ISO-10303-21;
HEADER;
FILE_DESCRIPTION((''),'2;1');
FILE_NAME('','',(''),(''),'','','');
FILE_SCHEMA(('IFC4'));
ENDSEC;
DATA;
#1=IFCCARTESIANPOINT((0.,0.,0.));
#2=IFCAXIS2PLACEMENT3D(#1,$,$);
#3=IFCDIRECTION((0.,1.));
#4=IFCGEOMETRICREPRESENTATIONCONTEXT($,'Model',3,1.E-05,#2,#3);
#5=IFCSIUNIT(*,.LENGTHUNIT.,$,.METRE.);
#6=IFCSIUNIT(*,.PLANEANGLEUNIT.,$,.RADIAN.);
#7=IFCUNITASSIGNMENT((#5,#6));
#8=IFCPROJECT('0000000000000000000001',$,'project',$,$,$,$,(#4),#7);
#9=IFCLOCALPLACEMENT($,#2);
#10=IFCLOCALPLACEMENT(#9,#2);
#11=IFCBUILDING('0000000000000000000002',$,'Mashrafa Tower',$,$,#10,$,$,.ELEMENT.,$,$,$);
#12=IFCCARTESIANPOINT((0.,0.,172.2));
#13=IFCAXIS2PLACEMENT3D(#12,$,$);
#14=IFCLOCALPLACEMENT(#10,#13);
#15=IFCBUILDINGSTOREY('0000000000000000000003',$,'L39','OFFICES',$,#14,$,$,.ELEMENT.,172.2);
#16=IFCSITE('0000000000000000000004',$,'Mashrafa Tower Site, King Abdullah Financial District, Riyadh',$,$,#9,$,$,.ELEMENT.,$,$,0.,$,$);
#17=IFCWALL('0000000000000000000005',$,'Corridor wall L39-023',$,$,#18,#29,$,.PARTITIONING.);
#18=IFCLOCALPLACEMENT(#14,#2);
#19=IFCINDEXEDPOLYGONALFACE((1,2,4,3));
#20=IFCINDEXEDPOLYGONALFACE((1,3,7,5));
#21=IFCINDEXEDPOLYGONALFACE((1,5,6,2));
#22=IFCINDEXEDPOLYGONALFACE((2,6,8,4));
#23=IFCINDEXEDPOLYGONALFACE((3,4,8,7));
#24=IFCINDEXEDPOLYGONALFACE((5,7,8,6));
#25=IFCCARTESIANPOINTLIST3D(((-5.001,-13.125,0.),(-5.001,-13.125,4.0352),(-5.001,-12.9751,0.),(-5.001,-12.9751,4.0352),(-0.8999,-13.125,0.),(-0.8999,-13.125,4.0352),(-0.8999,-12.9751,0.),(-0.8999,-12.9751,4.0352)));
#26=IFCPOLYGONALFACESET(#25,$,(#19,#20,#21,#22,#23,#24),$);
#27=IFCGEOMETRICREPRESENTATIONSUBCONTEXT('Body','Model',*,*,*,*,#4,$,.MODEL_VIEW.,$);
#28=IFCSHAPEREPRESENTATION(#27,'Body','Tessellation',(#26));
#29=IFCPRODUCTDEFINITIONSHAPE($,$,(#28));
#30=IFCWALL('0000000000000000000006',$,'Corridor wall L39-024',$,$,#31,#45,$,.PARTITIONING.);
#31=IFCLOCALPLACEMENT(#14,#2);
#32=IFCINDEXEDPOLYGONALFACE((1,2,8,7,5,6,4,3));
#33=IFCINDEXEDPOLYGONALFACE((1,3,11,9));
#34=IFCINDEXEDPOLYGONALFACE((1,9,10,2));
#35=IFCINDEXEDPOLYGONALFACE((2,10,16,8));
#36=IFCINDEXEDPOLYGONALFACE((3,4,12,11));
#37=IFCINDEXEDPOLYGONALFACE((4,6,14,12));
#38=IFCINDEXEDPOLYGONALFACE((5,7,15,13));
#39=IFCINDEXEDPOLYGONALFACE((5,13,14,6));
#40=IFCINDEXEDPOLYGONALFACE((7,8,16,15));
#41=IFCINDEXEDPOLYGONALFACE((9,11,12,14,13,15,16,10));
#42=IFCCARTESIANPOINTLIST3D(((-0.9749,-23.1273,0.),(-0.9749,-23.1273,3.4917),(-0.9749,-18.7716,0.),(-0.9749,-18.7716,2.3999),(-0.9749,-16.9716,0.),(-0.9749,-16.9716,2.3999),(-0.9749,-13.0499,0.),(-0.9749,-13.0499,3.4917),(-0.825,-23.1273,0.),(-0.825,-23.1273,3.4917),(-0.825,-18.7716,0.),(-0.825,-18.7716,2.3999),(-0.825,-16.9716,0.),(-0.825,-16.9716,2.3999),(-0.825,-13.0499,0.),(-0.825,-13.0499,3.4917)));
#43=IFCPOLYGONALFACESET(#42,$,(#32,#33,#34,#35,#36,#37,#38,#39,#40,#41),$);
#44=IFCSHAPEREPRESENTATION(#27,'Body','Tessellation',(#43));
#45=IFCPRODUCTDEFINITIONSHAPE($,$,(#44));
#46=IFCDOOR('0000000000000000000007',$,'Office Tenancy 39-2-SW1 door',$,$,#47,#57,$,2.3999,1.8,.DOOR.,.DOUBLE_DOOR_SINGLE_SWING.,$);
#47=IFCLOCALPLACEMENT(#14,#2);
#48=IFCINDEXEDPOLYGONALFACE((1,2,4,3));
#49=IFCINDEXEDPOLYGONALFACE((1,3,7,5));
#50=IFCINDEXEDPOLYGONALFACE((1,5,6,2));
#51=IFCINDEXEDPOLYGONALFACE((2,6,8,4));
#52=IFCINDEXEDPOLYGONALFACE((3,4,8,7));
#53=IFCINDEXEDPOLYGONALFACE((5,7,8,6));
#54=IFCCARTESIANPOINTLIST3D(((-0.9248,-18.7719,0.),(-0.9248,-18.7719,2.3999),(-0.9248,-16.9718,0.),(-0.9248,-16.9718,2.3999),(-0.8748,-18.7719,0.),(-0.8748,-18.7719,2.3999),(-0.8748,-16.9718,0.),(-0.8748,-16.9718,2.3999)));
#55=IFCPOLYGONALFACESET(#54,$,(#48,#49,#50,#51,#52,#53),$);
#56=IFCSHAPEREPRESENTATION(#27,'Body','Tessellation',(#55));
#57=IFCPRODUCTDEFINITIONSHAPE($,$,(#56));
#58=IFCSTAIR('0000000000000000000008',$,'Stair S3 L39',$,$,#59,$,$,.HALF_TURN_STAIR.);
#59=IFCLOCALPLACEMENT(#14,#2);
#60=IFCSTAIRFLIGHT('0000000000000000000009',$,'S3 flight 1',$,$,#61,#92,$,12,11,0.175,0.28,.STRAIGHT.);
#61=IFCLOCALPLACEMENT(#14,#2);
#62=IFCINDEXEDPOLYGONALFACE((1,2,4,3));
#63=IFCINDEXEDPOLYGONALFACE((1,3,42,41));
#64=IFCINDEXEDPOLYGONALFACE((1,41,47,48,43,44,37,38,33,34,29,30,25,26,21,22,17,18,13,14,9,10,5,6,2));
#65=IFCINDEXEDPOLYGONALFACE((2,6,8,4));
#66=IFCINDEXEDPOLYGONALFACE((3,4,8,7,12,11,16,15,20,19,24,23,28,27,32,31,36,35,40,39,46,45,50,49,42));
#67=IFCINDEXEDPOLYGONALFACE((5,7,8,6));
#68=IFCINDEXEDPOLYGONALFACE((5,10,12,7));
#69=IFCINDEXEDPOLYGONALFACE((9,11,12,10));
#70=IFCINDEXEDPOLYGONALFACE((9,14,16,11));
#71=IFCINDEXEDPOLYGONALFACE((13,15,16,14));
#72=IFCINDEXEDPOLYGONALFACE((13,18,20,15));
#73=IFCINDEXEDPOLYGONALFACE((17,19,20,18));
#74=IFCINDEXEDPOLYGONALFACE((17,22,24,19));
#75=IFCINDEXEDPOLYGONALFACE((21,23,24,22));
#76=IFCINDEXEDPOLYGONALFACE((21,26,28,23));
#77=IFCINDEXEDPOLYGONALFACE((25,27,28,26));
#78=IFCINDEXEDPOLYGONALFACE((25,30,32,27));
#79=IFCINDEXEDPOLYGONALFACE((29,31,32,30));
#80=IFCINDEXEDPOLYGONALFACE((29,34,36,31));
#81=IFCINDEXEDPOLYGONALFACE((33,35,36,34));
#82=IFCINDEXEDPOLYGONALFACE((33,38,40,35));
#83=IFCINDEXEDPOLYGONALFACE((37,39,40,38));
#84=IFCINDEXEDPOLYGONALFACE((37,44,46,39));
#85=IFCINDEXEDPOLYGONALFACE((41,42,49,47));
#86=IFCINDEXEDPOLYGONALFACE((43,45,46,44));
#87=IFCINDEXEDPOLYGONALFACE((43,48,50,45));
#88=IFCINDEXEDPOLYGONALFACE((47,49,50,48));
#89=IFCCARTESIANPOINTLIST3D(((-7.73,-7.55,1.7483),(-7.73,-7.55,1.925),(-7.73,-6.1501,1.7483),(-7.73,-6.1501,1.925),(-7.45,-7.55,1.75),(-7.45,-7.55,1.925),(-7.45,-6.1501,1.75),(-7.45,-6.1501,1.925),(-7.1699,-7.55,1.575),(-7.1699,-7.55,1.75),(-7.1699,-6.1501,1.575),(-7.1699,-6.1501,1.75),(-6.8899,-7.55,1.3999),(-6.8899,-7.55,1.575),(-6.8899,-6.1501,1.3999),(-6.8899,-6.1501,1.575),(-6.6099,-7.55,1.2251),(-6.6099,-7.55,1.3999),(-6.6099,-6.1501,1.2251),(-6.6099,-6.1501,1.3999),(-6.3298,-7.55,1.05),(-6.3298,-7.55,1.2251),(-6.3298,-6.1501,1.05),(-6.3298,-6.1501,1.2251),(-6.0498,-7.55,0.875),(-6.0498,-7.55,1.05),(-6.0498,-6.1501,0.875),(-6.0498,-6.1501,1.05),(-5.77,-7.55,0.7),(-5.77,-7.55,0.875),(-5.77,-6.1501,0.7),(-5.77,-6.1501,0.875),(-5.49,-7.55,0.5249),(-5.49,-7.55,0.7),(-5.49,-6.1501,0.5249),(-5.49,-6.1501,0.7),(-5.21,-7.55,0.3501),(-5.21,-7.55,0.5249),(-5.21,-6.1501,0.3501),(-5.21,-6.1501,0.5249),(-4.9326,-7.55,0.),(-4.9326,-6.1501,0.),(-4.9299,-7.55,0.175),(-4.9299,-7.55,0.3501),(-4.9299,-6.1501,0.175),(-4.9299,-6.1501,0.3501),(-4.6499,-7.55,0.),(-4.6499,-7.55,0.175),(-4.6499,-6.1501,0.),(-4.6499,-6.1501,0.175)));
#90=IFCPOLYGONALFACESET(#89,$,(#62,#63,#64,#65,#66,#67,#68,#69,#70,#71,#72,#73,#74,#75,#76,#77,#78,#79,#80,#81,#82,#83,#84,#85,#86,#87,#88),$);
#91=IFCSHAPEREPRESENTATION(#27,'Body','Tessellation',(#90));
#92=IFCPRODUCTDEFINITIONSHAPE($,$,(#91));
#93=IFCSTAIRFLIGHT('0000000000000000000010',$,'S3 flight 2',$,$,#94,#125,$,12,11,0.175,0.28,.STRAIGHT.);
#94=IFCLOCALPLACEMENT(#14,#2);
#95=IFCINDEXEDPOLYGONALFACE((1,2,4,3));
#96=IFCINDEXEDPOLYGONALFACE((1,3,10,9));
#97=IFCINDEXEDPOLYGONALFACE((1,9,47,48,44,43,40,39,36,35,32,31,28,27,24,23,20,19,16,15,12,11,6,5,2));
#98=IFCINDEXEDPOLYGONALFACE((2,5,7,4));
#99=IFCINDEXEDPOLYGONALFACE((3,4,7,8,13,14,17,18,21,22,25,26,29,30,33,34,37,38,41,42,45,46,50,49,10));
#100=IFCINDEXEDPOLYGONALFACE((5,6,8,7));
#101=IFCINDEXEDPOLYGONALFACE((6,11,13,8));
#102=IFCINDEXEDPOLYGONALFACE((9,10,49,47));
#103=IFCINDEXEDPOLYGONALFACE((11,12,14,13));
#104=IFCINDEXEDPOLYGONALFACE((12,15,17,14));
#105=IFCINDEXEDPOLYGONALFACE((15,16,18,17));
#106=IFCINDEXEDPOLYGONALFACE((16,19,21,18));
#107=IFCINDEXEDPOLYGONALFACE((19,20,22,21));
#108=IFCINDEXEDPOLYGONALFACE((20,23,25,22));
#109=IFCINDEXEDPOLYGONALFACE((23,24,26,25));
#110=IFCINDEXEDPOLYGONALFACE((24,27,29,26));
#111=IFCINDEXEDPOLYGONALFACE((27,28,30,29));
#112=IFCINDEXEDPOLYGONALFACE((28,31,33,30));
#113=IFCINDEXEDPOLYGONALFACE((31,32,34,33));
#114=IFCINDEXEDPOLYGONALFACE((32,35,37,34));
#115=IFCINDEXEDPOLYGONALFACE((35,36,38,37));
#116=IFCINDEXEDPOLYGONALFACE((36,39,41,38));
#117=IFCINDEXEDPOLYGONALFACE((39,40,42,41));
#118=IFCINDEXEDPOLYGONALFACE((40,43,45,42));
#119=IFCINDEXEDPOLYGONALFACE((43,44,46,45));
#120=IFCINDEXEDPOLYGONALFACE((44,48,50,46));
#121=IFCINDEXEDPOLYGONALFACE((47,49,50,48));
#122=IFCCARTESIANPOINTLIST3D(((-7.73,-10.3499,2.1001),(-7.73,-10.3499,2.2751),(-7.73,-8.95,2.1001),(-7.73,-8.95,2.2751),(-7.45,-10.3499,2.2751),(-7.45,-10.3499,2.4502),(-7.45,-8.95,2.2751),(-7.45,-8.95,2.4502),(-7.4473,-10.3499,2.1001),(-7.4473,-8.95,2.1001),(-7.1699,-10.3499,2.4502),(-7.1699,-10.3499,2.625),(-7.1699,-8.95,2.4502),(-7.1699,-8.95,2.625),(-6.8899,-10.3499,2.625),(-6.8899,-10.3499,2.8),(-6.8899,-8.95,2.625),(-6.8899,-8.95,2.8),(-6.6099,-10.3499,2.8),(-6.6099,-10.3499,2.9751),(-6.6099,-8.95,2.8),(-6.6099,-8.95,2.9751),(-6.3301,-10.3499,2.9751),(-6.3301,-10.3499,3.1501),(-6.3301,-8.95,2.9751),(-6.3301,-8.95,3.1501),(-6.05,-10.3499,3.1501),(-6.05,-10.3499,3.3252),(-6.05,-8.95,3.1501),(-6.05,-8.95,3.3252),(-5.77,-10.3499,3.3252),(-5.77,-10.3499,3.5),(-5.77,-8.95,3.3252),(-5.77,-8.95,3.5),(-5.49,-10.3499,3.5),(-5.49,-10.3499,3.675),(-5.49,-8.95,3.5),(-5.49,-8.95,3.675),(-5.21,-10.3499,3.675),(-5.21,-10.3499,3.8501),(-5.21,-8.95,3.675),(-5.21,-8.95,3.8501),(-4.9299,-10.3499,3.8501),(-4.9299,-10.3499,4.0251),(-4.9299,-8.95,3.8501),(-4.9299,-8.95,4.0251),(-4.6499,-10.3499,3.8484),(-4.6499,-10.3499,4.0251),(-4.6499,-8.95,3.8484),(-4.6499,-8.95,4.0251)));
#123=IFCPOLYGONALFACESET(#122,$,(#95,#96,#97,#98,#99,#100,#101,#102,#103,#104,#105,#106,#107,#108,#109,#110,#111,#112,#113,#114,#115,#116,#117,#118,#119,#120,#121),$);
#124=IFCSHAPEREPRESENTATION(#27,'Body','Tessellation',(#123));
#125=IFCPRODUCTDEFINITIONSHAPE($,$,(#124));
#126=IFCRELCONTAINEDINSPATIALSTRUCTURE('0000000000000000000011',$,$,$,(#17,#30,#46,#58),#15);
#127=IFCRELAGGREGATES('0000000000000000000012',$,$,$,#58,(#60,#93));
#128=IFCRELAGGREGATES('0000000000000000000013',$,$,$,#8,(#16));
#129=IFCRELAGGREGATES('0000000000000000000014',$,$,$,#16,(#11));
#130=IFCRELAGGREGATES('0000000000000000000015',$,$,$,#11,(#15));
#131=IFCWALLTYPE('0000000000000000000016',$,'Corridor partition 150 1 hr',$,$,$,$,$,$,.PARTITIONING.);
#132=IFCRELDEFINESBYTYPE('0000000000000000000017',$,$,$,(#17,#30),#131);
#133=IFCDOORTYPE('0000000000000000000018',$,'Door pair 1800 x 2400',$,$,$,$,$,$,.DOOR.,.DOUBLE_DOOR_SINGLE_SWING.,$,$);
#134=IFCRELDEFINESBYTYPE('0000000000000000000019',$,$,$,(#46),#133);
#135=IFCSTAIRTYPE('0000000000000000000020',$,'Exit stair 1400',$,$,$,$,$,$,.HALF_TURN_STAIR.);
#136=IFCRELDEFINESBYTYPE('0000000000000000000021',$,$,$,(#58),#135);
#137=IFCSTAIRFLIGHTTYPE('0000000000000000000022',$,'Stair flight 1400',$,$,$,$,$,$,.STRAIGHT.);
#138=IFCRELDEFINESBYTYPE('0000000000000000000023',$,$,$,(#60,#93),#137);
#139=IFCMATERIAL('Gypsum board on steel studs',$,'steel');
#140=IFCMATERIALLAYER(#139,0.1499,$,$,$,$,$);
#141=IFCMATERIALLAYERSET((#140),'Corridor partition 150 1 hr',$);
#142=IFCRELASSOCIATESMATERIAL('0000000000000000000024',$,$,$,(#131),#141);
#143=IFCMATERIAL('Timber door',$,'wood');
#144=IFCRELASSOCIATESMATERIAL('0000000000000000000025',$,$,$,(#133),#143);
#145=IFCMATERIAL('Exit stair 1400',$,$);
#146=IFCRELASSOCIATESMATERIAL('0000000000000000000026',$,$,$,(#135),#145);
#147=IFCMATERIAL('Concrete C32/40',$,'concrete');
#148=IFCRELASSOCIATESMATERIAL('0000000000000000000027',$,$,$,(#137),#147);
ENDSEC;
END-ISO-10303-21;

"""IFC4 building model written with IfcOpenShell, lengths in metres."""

from ifc_helpers import new_model, si_unit, direction, frame, frame_2d, origin, place, context, subcontext, project, spatial, polyline, rectangle, outline, extrude, material, layer, layer_set, type_object, element, fill, aggregate, save


model = new_model("IFC4")

# Units and contexts
model_context = context("Model", 3, precision=1e-05, world=origin(), true_north=direction((0.0, 1.0)))
body_context = subcontext(model_context, "Body", "Model", "MODEL_VIEW")
ifc_project = project(units=[si_unit("LENGTHUNIT", "METRE"), si_unit("PLANEANGLEUNIT", "RADIAN")], contexts=[model_context])

# Site, building, storey
site_placement = place(None, origin())
site = spatial("IfcSite", under=ifc_project, at=site_placement, Name="Mashrafa Tower Site, King Abdullah Financial District, Riyadh", CompositionType="ELEMENT", RefElevation=0.0)
building_placement = place(site_placement, origin())
building = spatial("IfcBuilding", under=site, at=building_placement, Name="Mashrafa Tower", CompositionType="ELEMENT")
storey_placement = place(building_placement, frame((0.0, 0.0, 172.2)))
storey = spatial("IfcBuildingStorey", under=building, at=storey_placement, Name="L39", Description="OFFICES", CompositionType="ELEMENT", Elevation=172.2)

# Wall
ifc_material_1 = material(Name="Gypsum board on steel studs", Category="steel")
ifc_layer_1 = layer(ifc_material_1, 0.1499)
ifc_layer_set_1 = layer_set([ifc_layer_1], Name="Corridor partition 150 1 hr")
wall_type_1 = type_object("IfcWallType", Name="Corridor partition 150 1 hr", PredefinedType="PARTITIONING", material=ifc_layer_set_1)
wall_1_placement = place(storey_placement, frame((-5.001, -13.05, 0.0), z_axis=(0.0, 0.0, 1.0), x_axis=(1.0, 0.0, 0.0)))
element("IfcWall", 1, at=wall_1_placement, inside=storey, type_object=wall_type_1, Name="Corridor wall L39-023", PredefinedType="PARTITIONING", context=body_context, shape_type="SweptSolid", body=[
    extrude(rectangle(XDim=4.1011, YDim=0.1499, at=frame_2d((2.0505, 0.0))), origin(), (0.0, 0.0, 1.0), 4.0352),
])

# Wall, opening, door
wall_2_placement = place(storey_placement, frame((-0.8999, -13.05, 0.0), z_axis=(0.0, 0.0, 1.0), x_axis=(0.0, -1.0, 0.0)))
wall_2 = element("IfcWall", 2, at=wall_2_placement, inside=storey, type_object=wall_type_1, Name="Corridor wall L39-024", PredefinedType="PARTITIONING", context=body_context, shape_type="SweptSolid", body=[
    extrude(rectangle(XDim=10.0774, YDim=0.1499, at=frame_2d((5.0386, 0.0))), origin(), (0.0, 0.0, 1.0), 3.4917),
])
opening_1_placement = place(wall_2_placement, frame((3.9216, 0.0, 0.0)))
opening_1 = element("IfcOpeningElement", 3, at=opening_1_placement, cuts=wall_2, PredefinedType="OPENING", context=body_context, shape_type="SweptSolid", body=[
    extrude(rectangle(XDim=1.8, YDim=2.3999, at=frame_2d((0.8999, 1.2))), frame((0.0, 0.085, 0.0), z_axis=(0.0, -1.0, 0.0), x_axis=(1.0, 0.0, 0.0)), (0.0, 0.0, 1.0), 0.1699),
])
ifc_material_2 = material(Name="Timber door", Category="wood")
door_type_1 = type_object("IfcDoorType", Name="Door pair 1800 x 2400", OperationType="DOUBLE_DOOR_SINGLE_SWING", PredefinedType="DOOR", material=ifc_material_2)
door_1_placement = place(opening_1_placement, frame((1.8, 0.0, 0.0), z_axis=(0.0, 0.0, 1.0), x_axis=(-1.0, 0.0, 0.0)))
door_1 = element("IfcDoor", 4, at=door_1_placement, inside=storey, type_object=door_type_1, Name="Office Tenancy 39-2-SW1 door", OperationType="DOUBLE_DOOR_SINGLE_SWING", OverallHeight=2.3999, OverallWidth=1.8, PredefinedType="DOOR", context=body_context, shape_type="SweptSolid", body=[
    extrude(rectangle(XDim=1.8, YDim=2.3999, at=frame_2d((0.8999, 1.2))), frame((0.0, 0.0249, 0.0), z_axis=(0.0, -1.0, 0.0), x_axis=(1.0, 0.0, 0.0)), (0.0, 0.0, 1.0), 0.05),
])
fill(opening_1, door_1)

# Stair, stair flights
ifc_material_3 = material(Name="Exit stair 1400")
stair_type = type_object("IfcStairType", Name="Exit stair 1400", PredefinedType="HALF_TURN_STAIR", material=ifc_material_3)
stair_placement = place(storey_placement, origin())
stair = element("IfcStair", 5, at=stair_placement, inside=storey, type_object=stair_type, Name="Stair S3 L39", PredefinedType="HALF_TURN_STAIR")
ifc_material_4 = material(Name="Concrete C32/40", Category="concrete")
stair_flight_type = type_object("IfcStairFlightType", Name="Stair flight 1400", PredefinedType="STRAIGHT", material=ifc_material_4)
stair_flight_1_placement = place(storey_placement, frame((-4.6499, -6.8501, 0.0), z_axis=(0.0, 0.0, 1.0), x_axis=(-1.0, 0.0, 0.0)))
stair_flight_1 = element("IfcStairFlight", 6, at=stair_flight_1_placement, type_object=stair_flight_type, Name="S3 flight 1", NumberOfRisers=12, NumberOfTreads=11, PredefinedType="STRAIGHT", RiserHeight=0.175, TreadLength=0.28, context=body_context, shape_type="SweptSolid", body=[
    extrude(outline(polyline([(0.0, 0.0), (0.0, 0.175), (0.28, 0.175), (0.28, 0.3501), (0.5601, 0.3501), (0.5601, 0.5249), (0.8401, 0.5249), (0.8401, 0.7), (1.1201, 0.7), (1.1201, 0.875), (1.3999, 0.875), (1.3999, 1.05), (1.6799, 1.05), (1.6799, 1.2251), (1.96, 1.2251), (1.96, 1.3999), (2.24, 1.3999), (2.24, 1.575), (2.52, 1.575), (2.52, 1.75), (2.8, 1.75), (2.8, 1.925), (3.0801, 1.925), (3.0801, 2.1001), (3.0801, 1.7483), (0.2827, 0.0), (0.0, 0.0)])), frame((0.0, 0.7, 0.0), z_axis=(0.0, -1.0, 0.0), x_axis=(1.0, 0.0, 0.0)), (0.0, 0.0, 1.0), 1.3999),
])
stair_flight_2_placement = place(storey_placement, frame((-7.73, -9.6499, 2.1001), z_axis=(0.0, 0.0, 1.0), x_axis=(1.0, 0.0, 0.0)))
stair_flight_2 = element("IfcStairFlight", 7, at=stair_flight_2_placement, type_object=stair_flight_type, Name="S3 flight 2", NumberOfRisers=12, NumberOfTreads=11, PredefinedType="STRAIGHT", RiserHeight=0.175, TreadLength=0.28, context=body_context, shape_type="SweptSolid", body=[
    extrude(outline(polyline([(0.0, 0.0), (0.0, 0.175), (0.28, 0.175), (0.28, 0.3501), (0.5601, 0.3501), (0.5601, 0.5249), (0.8401, 0.5249), (0.8401, 0.7), (1.1201, 0.7), (1.1201, 0.875), (1.3999, 0.875), (1.3999, 1.05), (1.6799, 1.05), (1.6799, 1.2251), (1.96, 1.2251), (1.96, 1.3999), (2.24, 1.3999), (2.24, 1.575), (2.52, 1.575), (2.52, 1.75), (2.8, 1.75), (2.8, 1.925), (3.0801, 1.925), (3.0801, 2.1001), (3.0801, 1.7483), (0.2827, 0.0), (0.0, 0.0)])), frame((0.0, 0.7, 0.0), z_axis=(0.0, -1.0, 0.0), x_axis=(1.0, 0.0, 0.0)), (0.0, 0.0, 1.0), 1.3999),
])
aggregate(stair, [stair_flight_1, stair_flight_2])

save(model, "model.ifc")
